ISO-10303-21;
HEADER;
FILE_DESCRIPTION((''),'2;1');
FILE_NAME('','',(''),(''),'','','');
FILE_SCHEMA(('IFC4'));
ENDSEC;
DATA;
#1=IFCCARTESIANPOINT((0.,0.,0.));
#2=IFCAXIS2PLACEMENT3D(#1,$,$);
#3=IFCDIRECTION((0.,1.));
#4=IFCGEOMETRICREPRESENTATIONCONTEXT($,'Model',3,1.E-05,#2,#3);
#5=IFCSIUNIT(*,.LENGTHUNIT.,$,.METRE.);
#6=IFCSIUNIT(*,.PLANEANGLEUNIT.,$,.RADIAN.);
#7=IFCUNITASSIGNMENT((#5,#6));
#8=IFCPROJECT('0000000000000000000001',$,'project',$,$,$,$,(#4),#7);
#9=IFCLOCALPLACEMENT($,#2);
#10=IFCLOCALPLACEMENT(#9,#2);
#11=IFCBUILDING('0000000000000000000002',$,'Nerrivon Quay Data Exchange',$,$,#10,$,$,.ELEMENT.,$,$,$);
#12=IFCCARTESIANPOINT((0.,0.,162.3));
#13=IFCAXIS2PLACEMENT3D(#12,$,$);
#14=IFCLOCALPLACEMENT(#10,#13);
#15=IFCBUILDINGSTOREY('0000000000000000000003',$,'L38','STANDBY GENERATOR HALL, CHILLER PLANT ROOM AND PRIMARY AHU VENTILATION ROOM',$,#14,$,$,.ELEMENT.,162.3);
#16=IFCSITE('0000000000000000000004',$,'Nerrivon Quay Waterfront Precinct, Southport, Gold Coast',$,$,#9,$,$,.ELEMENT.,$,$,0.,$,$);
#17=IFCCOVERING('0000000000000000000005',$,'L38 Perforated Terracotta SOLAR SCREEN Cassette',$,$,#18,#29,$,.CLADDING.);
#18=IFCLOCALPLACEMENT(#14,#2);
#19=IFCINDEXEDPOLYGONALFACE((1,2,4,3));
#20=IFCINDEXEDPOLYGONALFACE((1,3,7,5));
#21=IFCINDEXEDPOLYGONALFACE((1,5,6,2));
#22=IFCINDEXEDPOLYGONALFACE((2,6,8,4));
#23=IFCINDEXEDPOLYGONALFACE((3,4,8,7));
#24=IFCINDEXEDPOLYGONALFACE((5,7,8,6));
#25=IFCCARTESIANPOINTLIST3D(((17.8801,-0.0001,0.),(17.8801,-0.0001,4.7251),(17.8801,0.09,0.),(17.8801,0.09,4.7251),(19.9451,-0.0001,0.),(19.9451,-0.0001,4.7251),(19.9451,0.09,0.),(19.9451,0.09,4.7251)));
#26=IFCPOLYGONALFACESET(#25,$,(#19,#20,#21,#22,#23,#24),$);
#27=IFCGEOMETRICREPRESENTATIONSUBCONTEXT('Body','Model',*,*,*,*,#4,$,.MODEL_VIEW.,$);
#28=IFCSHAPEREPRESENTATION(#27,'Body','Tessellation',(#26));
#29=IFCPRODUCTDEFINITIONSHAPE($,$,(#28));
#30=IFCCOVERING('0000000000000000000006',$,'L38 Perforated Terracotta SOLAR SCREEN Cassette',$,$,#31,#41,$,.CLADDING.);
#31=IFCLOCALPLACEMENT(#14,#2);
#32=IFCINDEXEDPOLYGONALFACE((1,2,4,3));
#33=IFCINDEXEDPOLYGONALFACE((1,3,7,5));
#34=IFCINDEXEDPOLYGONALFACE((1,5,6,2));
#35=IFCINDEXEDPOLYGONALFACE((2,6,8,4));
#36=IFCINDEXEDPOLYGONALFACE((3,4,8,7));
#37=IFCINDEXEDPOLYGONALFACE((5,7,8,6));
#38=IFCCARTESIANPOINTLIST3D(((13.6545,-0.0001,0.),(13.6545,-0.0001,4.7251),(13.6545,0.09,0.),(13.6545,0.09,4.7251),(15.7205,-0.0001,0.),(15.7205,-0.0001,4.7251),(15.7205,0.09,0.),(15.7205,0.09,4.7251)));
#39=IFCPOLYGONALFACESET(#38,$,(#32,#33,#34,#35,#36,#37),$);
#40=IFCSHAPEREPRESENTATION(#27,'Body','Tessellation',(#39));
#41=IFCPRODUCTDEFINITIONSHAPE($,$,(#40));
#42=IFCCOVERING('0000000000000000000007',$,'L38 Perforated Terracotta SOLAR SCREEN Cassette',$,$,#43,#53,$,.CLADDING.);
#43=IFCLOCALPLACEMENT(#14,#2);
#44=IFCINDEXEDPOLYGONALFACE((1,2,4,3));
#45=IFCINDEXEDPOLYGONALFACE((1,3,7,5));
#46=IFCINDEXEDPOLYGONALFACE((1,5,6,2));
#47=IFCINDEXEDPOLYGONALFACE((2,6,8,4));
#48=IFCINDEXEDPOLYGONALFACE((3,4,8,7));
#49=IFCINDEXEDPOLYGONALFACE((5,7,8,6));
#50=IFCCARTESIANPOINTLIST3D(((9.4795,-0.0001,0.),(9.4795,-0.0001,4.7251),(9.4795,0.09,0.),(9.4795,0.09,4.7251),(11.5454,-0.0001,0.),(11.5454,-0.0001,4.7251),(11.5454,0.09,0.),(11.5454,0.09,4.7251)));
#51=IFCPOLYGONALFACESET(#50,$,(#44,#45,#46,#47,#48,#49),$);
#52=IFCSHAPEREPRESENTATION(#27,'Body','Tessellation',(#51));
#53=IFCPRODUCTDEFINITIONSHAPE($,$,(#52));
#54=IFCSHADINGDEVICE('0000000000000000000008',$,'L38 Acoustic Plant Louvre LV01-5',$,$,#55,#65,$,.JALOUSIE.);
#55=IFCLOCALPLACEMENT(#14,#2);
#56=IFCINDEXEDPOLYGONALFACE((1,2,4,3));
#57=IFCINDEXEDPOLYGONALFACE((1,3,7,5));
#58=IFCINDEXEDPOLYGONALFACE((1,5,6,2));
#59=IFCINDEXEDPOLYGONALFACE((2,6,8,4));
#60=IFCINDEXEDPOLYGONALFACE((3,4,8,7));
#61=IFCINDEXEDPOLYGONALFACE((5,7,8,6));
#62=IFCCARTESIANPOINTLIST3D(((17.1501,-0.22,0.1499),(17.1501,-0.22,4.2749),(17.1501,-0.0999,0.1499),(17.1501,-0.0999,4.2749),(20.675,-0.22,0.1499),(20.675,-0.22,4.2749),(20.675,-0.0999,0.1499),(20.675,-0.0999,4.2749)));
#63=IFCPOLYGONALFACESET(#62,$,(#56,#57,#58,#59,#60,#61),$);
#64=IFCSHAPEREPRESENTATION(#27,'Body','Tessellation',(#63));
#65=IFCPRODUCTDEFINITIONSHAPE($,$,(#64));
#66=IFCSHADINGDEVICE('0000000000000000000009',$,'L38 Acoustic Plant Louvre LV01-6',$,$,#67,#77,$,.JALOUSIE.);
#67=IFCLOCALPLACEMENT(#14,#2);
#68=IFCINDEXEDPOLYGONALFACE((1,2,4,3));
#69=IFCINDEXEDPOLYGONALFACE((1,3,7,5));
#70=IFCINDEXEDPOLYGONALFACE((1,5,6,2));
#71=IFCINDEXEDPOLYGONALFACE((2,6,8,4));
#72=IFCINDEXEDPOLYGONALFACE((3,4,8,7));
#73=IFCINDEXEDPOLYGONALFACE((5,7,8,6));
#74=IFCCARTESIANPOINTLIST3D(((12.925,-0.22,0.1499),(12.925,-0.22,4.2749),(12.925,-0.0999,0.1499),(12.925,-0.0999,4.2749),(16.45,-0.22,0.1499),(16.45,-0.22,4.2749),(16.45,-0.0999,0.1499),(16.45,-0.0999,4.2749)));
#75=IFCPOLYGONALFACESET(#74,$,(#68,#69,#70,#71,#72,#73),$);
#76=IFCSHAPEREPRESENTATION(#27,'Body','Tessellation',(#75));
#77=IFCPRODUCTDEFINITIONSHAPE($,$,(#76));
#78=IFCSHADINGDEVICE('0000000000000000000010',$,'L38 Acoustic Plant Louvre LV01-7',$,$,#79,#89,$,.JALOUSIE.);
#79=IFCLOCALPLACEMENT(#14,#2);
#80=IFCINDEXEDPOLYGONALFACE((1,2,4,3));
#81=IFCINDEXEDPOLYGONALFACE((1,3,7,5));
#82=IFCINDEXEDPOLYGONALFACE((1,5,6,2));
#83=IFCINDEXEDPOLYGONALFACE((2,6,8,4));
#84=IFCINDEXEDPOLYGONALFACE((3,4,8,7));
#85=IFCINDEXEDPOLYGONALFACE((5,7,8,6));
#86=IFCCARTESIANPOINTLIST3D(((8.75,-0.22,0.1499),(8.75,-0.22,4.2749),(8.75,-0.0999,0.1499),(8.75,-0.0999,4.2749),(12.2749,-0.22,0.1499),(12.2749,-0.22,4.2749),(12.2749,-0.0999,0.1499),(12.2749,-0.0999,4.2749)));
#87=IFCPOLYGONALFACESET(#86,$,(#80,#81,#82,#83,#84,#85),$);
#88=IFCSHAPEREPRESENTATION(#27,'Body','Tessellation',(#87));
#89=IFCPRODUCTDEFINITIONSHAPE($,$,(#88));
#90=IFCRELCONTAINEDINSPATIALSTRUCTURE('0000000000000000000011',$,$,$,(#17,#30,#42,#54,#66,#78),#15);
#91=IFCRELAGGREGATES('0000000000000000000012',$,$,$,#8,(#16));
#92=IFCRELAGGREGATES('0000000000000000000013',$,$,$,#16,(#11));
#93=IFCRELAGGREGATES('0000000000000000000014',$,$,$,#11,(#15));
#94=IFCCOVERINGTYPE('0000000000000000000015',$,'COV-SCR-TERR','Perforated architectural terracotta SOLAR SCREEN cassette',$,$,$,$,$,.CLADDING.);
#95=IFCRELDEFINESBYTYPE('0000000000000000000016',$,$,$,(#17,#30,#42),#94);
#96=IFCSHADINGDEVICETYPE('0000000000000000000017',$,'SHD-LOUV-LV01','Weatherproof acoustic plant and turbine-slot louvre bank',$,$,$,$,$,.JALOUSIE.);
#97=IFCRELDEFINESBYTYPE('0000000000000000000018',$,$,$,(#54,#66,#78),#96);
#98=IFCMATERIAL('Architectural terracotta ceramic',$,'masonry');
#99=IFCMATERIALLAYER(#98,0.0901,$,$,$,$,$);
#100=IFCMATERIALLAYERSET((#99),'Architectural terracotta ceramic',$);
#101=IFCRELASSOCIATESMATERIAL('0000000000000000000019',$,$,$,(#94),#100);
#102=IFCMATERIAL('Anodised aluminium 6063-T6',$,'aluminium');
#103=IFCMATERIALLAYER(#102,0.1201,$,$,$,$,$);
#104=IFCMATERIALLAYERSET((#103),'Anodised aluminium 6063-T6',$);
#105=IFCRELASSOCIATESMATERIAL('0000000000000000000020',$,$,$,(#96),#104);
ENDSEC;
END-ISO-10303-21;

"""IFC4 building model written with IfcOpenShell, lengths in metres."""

from ifc_helpers import new_model, si_unit, direction, frame, origin, origin_2d, place, context, subcontext, project, spatial, rectangle, extrude, material, layer, layer_set, type_object, element, save


model = new_model("IFC4")

# Units and contexts
model_context = context("Model", 3, precision=1e-05, world=origin(), true_north=direction((0.0, 1.0)))
body_context = subcontext(model_context, "Body", "Model", "MODEL_VIEW")
ifc_project = project(units=[si_unit("LENGTHUNIT", "METRE"), si_unit("PLANEANGLEUNIT", "RADIAN")], contexts=[model_context])

# Site, building, storey
site_placement = place(None, origin())
site = spatial("IfcSite", under=ifc_project, at=site_placement, Name="Nerrivon Quay Waterfront Precinct, Southport, Gold Coast", CompositionType="ELEMENT", RefElevation=0.0)
building_placement = place(site_placement, origin())
building = spatial("IfcBuilding", under=site, at=building_placement, Name="Nerrivon Quay Data Exchange", CompositionType="ELEMENT")
storey_placement = place(building_placement, frame((0.0, 0.0, 162.3)))
storey = spatial("IfcBuildingStorey", under=building, at=storey_placement, Name="L38", Description="STANDBY GENERATOR HALL, CHILLER PLANT ROOM AND PRIMARY AHU VENTILATION ROOM", CompositionType="ELEMENT", Elevation=162.3)

# Coverings
ifc_material_1 = material(Name="Architectural terracotta ceramic", Category="masonry")
ifc_layer_1 = layer(ifc_material_1, 0.0901)
ifc_layer_set_1 = layer_set([ifc_layer_1], Name="Architectural terracotta ceramic")
covering_type = type_object("IfcCoveringType", Name="COV-SCR-TERR", Description="Perforated architectural terracotta SOLAR SCREEN cassette", PredefinedType="CLADDING", material=ifc_layer_set_1)
covering_placement = place(storey_placement, frame((18.9126, 0.0449, 0.0), z_axis=(0.0, 0.0, 1.0), x_axis=(-1.0, 0.0, 0.0)))
element("IfcCovering", 1, at=covering_placement, inside=storey, type_object=covering_type, Name="L38 Perforated Terracotta SOLAR SCREEN Cassette", PredefinedType="CLADDING", context=body_context, shape_type="SweptSolid", body=[
    extrude(rectangle(XDim=2.0649, YDim=0.0901, at=origin_2d()), origin(), (0.0, 0.0, 1.0), 4.7251),
])
for number, where, z_axis, x_axis, name in (
    (2, (14.6875, 0.0449, 0.0), (0.0, 0.0, 1.0), (-1.0, 0.0, 0.0), "L38 Perforated Terracotta SOLAR SCREEN Cassette"),
    (3, (10.5125, 0.0449, 0.0), (0.0, 0.0, 1.0), (-1.0, 0.0, 0.0), "L38 Perforated Terracotta SOLAR SCREEN Cassette"),
):
    element("IfcCovering", number, at=place(storey_placement, frame(where, z_axis=z_axis, x_axis=x_axis)), inside=storey, type_object=covering_type, Name=name, PredefinedType="CLADDING", context=body_context, shape_type="SweptSolid", body=[
        extrude(rectangle(XDim=2.0659, YDim=0.0901, at=origin_2d()), origin(), (0.0, 0.0, 1.0), 4.7251),
    ])

# Shading devices
ifc_material_2 = material(Name="Anodised aluminium 6063-T6", Category="aluminium")
ifc_layer_2 = layer(ifc_material_2, 0.1201)
ifc_layer_set_2 = layer_set([ifc_layer_2], Name="Anodised aluminium 6063-T6")
shading_device_type = type_object("IfcShadingDeviceType", Name="SHD-LOUV-LV01", Description="Weatherproof acoustic plant and turbine-slot louvre bank", PredefinedType="JALOUSIE", material=ifc_layer_set_2)
for number, where, z_axis, x_axis, name in (
    (4, (18.9126, -0.1599, 0.1499), (0.0, 0.0, 1.0), (-1.0, 0.0, 0.0), "L38 Acoustic Plant Louvre LV01-5"),
    (5, (14.6875, -0.1599, 0.1499), (0.0, 0.0, 1.0), (-1.0, 0.0, 0.0), "L38 Acoustic Plant Louvre LV01-6"),
    (6, (10.5125, -0.1599, 0.1499), (0.0, 0.0, 1.0), (-1.0, 0.0, 0.0), "L38 Acoustic Plant Louvre LV01-7"),
):
    element("IfcShadingDevice", number, at=place(storey_placement, frame(where, z_axis=z_axis, x_axis=x_axis)), inside=storey, type_object=shading_device_type, Name=name, PredefinedType="JALOUSIE", context=body_context, shape_type="SweptSolid", body=[
        extrude(rectangle(XDim=3.5249, YDim=0.1201, at=origin_2d()), origin(), (0.0, 0.0, 1.0), 4.125),
    ])

save(model, "model.ifc")
